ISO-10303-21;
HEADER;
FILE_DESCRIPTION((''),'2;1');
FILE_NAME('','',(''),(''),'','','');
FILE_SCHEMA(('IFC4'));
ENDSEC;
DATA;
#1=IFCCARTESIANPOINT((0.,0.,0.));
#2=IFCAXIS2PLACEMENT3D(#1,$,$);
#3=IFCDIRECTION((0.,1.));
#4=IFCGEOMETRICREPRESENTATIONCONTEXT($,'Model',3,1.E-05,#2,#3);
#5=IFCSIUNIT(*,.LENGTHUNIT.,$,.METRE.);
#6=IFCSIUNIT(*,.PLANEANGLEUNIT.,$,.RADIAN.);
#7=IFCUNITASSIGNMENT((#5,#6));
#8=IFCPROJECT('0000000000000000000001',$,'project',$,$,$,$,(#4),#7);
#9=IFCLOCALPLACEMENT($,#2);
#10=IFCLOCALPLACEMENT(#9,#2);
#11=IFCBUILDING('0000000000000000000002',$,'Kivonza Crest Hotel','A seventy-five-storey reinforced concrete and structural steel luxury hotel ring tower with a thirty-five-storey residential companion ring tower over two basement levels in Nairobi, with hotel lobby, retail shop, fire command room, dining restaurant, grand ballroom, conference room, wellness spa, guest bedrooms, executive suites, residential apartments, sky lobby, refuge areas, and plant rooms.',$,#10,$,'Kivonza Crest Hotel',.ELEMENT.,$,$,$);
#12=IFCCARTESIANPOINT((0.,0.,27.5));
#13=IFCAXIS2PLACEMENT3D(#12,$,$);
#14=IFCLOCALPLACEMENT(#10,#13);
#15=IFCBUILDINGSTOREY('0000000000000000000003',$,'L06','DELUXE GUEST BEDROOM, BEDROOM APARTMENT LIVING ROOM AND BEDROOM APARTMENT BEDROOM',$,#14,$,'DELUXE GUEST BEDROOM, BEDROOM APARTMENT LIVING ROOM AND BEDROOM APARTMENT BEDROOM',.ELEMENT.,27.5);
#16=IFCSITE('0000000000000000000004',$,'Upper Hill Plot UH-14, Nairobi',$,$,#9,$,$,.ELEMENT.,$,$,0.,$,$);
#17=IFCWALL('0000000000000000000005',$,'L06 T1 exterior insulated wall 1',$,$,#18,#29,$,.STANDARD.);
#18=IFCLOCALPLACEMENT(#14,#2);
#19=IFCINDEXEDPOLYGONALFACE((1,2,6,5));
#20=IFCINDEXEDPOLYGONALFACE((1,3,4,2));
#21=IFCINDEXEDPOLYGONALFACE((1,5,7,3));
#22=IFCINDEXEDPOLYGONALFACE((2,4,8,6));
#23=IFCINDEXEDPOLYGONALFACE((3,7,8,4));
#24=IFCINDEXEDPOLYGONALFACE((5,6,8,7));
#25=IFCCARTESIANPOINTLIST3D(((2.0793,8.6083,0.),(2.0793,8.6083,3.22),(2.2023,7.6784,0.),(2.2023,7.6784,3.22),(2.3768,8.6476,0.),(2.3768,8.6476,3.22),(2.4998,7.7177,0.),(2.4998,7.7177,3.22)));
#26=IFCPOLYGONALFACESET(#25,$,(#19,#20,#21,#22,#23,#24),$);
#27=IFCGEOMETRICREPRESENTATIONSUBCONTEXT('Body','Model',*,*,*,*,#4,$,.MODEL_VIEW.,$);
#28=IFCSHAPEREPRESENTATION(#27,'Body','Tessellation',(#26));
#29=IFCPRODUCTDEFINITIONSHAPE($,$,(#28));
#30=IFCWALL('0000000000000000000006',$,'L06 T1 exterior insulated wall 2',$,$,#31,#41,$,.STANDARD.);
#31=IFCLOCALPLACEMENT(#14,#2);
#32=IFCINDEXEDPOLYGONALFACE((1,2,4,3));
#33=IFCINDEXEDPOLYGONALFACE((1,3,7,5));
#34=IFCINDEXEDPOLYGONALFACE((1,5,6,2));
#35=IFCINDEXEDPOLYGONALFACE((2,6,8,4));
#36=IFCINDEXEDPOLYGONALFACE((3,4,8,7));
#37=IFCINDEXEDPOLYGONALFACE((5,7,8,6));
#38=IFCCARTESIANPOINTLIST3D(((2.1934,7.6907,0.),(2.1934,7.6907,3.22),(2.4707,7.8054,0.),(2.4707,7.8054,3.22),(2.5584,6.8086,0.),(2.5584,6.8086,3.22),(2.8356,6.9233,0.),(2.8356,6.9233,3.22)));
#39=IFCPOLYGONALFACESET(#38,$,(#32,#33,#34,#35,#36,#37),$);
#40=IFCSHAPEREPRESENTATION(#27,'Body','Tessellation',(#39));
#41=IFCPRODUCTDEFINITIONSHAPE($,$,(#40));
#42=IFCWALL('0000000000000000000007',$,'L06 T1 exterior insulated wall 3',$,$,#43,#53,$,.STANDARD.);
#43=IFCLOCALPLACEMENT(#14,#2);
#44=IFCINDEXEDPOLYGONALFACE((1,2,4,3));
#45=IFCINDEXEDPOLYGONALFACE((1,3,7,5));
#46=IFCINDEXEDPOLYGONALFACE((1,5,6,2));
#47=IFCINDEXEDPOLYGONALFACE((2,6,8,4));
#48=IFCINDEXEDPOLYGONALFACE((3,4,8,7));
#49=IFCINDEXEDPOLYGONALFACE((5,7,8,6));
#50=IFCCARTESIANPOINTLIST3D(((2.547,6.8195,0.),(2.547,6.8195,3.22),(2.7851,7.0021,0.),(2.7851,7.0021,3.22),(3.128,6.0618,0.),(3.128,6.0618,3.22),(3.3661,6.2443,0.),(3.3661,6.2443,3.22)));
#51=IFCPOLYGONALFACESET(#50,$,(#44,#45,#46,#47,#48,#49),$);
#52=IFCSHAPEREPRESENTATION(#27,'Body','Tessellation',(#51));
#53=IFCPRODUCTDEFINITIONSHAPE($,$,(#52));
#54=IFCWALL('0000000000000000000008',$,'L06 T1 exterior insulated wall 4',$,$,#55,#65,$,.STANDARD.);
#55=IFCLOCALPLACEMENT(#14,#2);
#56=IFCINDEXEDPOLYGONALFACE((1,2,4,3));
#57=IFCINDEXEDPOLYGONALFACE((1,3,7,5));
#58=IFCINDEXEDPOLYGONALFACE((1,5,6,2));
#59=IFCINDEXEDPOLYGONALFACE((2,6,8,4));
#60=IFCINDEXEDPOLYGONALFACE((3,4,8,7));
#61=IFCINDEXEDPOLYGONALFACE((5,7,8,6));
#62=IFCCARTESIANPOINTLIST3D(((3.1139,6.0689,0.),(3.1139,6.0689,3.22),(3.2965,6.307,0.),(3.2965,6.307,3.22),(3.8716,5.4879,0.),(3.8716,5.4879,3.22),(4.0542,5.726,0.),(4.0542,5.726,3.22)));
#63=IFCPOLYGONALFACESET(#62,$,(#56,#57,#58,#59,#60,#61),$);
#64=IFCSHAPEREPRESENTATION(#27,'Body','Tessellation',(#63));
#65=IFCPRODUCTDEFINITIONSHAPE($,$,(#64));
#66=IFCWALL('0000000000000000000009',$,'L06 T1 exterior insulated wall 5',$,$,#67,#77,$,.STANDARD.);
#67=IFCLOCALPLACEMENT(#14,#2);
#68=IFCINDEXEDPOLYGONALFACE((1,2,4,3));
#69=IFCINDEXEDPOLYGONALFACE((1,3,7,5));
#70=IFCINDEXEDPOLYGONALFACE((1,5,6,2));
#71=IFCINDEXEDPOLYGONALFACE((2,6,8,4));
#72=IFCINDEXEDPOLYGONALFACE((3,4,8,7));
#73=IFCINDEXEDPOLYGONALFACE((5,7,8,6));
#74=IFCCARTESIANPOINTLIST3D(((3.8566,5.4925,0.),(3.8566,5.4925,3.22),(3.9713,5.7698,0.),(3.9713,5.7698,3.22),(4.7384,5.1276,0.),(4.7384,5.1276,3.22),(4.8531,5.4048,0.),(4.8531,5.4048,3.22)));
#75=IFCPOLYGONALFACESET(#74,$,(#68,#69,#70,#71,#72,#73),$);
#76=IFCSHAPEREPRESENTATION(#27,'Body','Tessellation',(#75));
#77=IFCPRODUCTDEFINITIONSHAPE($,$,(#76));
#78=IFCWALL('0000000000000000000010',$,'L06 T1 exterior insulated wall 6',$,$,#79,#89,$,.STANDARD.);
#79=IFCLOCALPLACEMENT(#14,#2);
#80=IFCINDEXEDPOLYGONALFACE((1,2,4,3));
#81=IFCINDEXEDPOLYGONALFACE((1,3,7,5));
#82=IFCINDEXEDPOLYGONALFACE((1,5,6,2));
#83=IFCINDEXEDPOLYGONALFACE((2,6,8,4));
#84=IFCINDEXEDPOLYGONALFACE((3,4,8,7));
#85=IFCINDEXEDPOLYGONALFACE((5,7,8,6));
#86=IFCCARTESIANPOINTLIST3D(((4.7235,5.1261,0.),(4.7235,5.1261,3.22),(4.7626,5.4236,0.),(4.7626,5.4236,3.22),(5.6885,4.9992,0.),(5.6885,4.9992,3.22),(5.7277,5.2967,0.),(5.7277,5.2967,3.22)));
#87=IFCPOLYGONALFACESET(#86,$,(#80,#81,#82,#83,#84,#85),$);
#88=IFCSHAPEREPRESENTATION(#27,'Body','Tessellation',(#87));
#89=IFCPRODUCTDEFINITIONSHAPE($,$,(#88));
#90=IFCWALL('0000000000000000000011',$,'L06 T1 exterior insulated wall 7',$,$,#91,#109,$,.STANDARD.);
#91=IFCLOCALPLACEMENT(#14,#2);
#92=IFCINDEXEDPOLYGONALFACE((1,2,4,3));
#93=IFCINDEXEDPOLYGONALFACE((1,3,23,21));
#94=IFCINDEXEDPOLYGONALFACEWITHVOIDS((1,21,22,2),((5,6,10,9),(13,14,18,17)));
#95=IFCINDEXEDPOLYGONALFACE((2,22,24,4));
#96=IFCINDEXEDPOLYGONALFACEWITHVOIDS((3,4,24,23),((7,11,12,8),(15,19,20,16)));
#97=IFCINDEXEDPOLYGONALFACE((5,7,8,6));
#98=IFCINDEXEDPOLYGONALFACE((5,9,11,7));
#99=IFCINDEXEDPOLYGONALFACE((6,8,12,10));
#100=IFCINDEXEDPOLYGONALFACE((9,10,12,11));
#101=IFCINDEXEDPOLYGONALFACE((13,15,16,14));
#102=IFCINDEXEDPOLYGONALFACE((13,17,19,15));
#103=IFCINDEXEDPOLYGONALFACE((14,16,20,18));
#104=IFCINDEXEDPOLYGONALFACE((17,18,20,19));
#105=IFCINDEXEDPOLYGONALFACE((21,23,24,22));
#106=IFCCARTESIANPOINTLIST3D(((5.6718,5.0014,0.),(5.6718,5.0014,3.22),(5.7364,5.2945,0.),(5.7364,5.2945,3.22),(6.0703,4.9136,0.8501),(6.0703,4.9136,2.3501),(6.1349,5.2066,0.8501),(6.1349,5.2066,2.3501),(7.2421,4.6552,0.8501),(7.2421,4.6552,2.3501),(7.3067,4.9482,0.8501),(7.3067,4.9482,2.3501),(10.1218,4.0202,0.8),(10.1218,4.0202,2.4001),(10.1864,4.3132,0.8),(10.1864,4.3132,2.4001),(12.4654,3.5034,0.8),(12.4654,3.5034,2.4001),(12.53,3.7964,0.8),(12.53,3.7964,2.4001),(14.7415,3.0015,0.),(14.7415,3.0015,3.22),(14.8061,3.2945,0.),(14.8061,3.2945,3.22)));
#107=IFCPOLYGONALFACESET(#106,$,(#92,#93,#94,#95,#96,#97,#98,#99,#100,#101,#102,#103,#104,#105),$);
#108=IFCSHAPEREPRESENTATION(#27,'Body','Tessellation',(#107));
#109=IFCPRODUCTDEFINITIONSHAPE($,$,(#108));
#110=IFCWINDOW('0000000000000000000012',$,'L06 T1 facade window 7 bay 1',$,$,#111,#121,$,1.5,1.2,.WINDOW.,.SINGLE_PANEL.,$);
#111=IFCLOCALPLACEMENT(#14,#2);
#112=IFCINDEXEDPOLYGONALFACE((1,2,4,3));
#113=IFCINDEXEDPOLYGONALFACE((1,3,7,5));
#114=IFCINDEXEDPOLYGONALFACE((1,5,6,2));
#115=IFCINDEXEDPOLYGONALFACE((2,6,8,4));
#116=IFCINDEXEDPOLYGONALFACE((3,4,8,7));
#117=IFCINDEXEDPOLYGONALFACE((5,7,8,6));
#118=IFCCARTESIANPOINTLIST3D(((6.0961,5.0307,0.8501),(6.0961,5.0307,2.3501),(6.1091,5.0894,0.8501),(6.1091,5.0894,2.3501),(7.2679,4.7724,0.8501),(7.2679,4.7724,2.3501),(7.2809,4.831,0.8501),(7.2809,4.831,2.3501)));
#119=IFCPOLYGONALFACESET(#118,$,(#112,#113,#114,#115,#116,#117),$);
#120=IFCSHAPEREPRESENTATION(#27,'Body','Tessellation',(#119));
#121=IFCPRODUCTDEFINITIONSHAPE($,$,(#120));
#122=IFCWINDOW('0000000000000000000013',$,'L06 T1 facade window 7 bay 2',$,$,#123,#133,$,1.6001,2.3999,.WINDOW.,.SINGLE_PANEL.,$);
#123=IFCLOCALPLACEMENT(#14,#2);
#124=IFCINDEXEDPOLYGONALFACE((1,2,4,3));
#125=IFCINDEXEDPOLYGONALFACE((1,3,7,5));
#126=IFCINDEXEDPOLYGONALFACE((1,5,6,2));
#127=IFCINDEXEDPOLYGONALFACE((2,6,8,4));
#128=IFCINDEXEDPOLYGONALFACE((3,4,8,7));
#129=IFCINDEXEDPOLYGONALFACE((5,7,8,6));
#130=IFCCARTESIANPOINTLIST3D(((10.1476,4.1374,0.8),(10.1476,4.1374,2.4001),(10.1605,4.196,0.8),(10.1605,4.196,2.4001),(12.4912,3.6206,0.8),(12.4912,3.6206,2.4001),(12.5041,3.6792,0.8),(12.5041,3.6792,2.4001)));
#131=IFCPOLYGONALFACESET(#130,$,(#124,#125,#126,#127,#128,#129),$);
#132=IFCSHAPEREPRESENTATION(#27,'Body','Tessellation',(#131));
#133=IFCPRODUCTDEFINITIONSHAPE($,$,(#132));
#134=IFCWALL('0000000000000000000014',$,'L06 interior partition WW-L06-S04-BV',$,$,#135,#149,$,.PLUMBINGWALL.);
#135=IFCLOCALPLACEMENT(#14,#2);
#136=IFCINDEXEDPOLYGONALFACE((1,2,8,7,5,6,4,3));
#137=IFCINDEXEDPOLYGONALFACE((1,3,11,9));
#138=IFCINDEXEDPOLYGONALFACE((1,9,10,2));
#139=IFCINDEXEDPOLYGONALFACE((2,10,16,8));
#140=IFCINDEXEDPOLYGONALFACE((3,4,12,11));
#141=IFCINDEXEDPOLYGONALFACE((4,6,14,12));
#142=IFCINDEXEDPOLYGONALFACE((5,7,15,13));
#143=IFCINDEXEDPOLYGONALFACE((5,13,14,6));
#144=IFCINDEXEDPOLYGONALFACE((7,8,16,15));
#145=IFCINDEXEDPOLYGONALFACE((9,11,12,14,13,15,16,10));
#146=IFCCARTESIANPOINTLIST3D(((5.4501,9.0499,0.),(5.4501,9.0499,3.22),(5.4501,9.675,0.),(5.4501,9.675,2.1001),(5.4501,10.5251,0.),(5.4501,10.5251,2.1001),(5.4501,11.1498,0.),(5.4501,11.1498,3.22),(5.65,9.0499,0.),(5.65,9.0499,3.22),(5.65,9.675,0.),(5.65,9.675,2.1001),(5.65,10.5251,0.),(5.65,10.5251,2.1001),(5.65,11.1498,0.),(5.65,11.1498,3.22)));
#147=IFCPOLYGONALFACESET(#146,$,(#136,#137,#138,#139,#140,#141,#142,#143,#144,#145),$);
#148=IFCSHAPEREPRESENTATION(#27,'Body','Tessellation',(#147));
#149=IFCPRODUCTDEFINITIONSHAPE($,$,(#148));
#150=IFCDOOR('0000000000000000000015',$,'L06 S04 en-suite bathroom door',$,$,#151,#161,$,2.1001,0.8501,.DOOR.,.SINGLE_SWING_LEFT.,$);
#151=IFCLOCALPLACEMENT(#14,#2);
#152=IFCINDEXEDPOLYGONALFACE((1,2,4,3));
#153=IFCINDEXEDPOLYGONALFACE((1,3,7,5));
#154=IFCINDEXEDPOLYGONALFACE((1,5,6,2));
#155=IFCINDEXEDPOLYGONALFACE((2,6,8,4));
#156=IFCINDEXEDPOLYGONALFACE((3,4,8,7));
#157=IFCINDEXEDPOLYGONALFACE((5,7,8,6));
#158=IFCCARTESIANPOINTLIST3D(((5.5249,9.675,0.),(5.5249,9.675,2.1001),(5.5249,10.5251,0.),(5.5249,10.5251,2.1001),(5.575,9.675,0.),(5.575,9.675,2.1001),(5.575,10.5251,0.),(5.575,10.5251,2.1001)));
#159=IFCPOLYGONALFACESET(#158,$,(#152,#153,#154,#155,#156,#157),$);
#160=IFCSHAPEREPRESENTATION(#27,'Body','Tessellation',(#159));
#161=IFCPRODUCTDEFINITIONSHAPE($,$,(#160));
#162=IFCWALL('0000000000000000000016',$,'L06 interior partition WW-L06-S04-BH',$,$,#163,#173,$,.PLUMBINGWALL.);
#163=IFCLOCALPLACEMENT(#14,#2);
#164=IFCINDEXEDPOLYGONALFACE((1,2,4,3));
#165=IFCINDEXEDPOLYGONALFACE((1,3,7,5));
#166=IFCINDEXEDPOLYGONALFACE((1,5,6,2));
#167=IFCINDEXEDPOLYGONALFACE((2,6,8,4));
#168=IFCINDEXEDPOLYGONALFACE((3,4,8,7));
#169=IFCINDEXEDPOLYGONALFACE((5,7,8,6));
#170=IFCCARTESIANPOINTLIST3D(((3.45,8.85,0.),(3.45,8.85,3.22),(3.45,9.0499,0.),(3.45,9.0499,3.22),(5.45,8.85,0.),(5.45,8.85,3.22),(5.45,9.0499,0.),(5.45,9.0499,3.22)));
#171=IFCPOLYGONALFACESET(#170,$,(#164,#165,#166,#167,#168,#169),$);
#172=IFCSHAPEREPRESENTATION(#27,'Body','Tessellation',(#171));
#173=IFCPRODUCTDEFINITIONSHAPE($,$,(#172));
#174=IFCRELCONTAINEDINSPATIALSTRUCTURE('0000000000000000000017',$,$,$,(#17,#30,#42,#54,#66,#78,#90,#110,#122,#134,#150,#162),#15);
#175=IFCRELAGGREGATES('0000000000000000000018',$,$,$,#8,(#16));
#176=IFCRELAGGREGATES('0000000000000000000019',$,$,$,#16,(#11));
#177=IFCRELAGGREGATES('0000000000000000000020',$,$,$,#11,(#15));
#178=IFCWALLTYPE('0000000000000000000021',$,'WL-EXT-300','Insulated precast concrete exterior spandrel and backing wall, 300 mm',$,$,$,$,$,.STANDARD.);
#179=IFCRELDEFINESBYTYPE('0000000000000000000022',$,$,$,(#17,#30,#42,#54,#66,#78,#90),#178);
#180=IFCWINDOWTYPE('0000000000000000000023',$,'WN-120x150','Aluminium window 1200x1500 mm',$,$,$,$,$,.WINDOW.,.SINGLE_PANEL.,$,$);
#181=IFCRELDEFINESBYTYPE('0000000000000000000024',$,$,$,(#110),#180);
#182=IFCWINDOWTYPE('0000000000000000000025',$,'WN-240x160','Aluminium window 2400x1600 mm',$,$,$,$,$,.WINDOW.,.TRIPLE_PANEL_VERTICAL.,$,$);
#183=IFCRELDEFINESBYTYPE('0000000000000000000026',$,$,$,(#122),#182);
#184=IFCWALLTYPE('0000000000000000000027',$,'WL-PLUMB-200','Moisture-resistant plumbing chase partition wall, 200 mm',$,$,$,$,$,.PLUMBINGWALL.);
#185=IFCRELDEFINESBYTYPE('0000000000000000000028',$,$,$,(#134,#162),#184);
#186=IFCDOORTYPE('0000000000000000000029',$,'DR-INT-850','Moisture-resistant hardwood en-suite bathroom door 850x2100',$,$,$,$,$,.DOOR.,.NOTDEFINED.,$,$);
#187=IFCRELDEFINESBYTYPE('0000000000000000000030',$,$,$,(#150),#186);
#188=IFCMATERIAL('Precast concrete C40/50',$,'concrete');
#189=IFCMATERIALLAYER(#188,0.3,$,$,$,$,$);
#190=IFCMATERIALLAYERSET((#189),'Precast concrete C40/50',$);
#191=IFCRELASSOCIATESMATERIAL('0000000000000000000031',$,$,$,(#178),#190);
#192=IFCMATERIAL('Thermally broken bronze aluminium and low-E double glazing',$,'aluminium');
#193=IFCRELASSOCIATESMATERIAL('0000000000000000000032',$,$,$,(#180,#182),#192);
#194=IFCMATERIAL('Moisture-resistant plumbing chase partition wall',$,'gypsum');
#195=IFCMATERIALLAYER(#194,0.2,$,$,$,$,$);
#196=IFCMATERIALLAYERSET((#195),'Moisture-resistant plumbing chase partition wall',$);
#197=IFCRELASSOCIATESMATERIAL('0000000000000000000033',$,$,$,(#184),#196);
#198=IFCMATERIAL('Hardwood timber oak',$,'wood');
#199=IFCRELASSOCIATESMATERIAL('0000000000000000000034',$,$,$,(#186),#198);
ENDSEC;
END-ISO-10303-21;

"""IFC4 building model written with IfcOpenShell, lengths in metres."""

from ifc_helpers import new_model, si_unit, direction, frame, frame_2d, origin, place, context, subcontext, project, spatial, rectangle, extrude, material, layer, layer_set, type_object, element, fill, save


model = new_model("IFC4")

# Units and contexts
model_context = context("Model", 3, precision=1e-05, world=origin(), true_north=direction((0.0, 1.0)))
body_context = subcontext(model_context, "Body", "Model", "MODEL_VIEW")
ifc_project = project(units=[si_unit("LENGTHUNIT", "METRE"), si_unit("PLANEANGLEUNIT", "RADIAN")], contexts=[model_context])

# Site, building, storey
site_placement = place(None, origin())
site = spatial("IfcSite", under=ifc_project, at=site_placement, Name="Upper Hill Plot UH-14, Nairobi", CompositionType="ELEMENT", RefElevation=0.0)
building_placement = place(site_placement, origin())
building = spatial("IfcBuilding", under=site, at=building_placement, Name="Kivonza Crest Hotel", Description="A seventy-five-storey reinforced concrete and structural steel luxury hotel ring tower with a thirty-five-storey residential companion ring tower over two basement levels in Nairobi, with hotel lobby, retail shop, fire command room, dining restaurant, grand ballroom, conference room, wellness spa, guest bedrooms, executive suites, residential apartments, sky lobby, refuge areas, and plant rooms.", LongName="Kivonza Crest Hotel", CompositionType="ELEMENT")
storey_placement = place(building_placement, frame((0.0, 0.0, 27.5)))
storey = spatial("IfcBuildingStorey", under=building, at=storey_placement, Name="L06", Description="DELUXE GUEST BEDROOM, BEDROOM APARTMENT LIVING ROOM AND BEDROOM APARTMENT BEDROOM", LongName="DELUXE GUEST BEDROOM, BEDROOM APARTMENT LIVING ROOM AND BEDROOM APARTMENT BEDROOM", CompositionType="ELEMENT", Elevation=27.5)

# Walls
ifc_material_1 = material(Name="Precast concrete C40/50", Category="concrete")
ifc_layer_1 = layer(ifc_material_1, 0.3)
ifc_layer_set_1 = layer_set([ifc_layer_1], Name="Precast concrete C40/50")
wall_type_1 = type_object("IfcWallType", Name="WL-EXT-300", Description="Insulated precast concrete exterior spandrel and backing wall, 300 mm", PredefinedType="STANDARD", material=ifc_layer_set_1)
wall_1_placement = place(storey_placement, frame((2.228, 8.6279, 0.0), z_axis=(0.0, 0.0, 1.0), x_axis=(0.131175, -0.991359, 0.0)))
element("IfcWall", 1, at=wall_1_placement, inside=storey, type_object=wall_type_1, Name="L06 T1 exterior insulated wall 1", PredefinedType="STANDARD", context=body_context, shape_type="SweptSolid", body=[
    extrude(rectangle(XDim=0.938, YDim=0.3, at=frame_2d((0.469, 0.0))), origin(), (0.0, 0.0, 1.0), 3.22),
])
wall_2_placement = place(storey_placement, frame((2.332, 7.748, 0.0), z_axis=(0.0, 0.0, 1.0), x_axis=(0.382344, -0.92402, 0.0)))
element("IfcWall", 2, at=wall_2_placement, inside=storey, type_object=wall_type_1, Name="L06 T1 exterior insulated wall 2", PredefinedType="STANDARD", context=body_context, shape_type="SweptSolid", body=[
    extrude(rectangle(XDim=0.9546, YDim=0.3, at=frame_2d((0.4773, 0.0))), origin(), (0.0, 0.0, 1.0), 3.22),
])
for number, where, z_axis, x_axis, name in (
    (3, (2.666, 6.9109, 0.0), (0.0, 0.0, 1.0), (0.608474, -0.793573, 0.0), "L06 T1 exterior insulated wall 3"),
    (4, (3.2051, 6.188, 0.0), (0.0, 0.0, 1.0), (0.793573, -0.608474, 0.0), "L06 T1 exterior insulated wall 4"),
):
    element("IfcWall", number, at=place(storey_placement, frame(where, z_axis=z_axis, x_axis=x_axis)), inside=storey, type_object=wall_type_1, Name=name, PredefinedType="STANDARD", context=body_context, shape_type="SweptSolid", body=[
        extrude(rectangle(XDim=0.9548, YDim=0.3, at=frame_2d((0.4775, 0.0))), origin(), (0.0, 0.0, 1.0), 3.22),
    ])
wall_3_placement = place(storey_placement, frame((3.9141, 5.6311, 0.0), z_axis=(0.0, 0.0, 1.0), x_axis=(0.923983, -0.382435, 0.0)))
element("IfcWall", 5, at=wall_3_placement, inside=storey, type_object=wall_type_1, Name="L06 T1 exterior insulated wall 5", PredefinedType="STANDARD", context=body_context, shape_type="SweptSolid", body=[
    extrude(rectangle(XDim=0.9543, YDim=0.3, at=frame_2d((0.4771, 0.0))), origin(), (0.0, 0.0, 1.0), 3.22),
])
wall_4_placement = place(storey_placement, frame((4.7429, 5.2749, 0.0), z_axis=(0.0, 0.0, 1.0), x_axis=(0.991459, -0.130422, 0.0)))
element("IfcWall", 6, at=wall_4_placement, inside=storey, type_object=wall_type_1, Name="L06 T1 exterior insulated wall 6", PredefinedType="STANDARD", context=body_context, shape_type="SweptSolid", body=[
    extrude(rectangle(XDim=0.9734, YDim=0.3, at=frame_2d((0.4868, 0.0))), origin(), (0.0, 0.0, 1.0), 3.22),
])

# Wall, openings, windows
wall_5_placement = place(storey_placement, frame((5.7041, 5.1479, 0.0), z_axis=(0.0, 0.0, 1.0), x_axis=(0.97654, -0.215338, 0.0)))
wall_5 = element("IfcWall", 7, at=wall_5_placement, inside=storey, type_object=wall_type_1, Name="L06 T1 exterior insulated wall 7", PredefinedType="STANDARD", context=body_context, shape_type="SweptSolid", body=[
    extrude(rectangle(XDim=9.2876, YDim=0.3, at=frame_2d((4.6438, 0.0))), origin(), (0.0, 0.0, 1.0), 3.22),
])
opening_1_placement = place(wall_5_placement, frame((0.408, 0.0, 0.8501)))
opening_1 = element("IfcOpeningElement", 8, at=opening_1_placement, cuts=wall_5, PredefinedType="OPENING", context=body_context, shape_type="SweptSolid", body=[
    extrude(rectangle(XDim=1.2, YDim=1.5, at=frame_2d((0.6001, 0.75))), frame((0.0, 0.1602, 0.0), z_axis=(0.0, -1.0, 0.0), x_axis=(1.0, 0.0, 0.0)), (0.0, 0.0, 1.0), 0.3201),
])
opening_2_placement = place(wall_5_placement, frame((4.5569, 0.0, 0.8)))
opening_2 = element("IfcOpeningElement", 9, at=opening_2_placement, cuts=wall_5, PredefinedType="OPENING", context=body_context, shape_type="SweptSolid", body=[
    extrude(rectangle(XDim=2.3999, YDim=1.6001, at=frame_2d((1.2, 0.8))), frame((0.0, 0.1602, 0.0), z_axis=(0.0, -1.0, 0.0), x_axis=(1.0, 0.0, 0.0)), (0.0, 0.0, 1.0), 0.3201),
])
ifc_material_2 = material(Name="Thermally broken bronze aluminium and low-E double glazing", Category="aluminium")
window_type_1 = type_object("IfcWindowType", Name="WN-120x150", Description="Aluminium window 1200x1500 mm", PartitioningType="SINGLE_PANEL", PredefinedType="WINDOW", material=ifc_material_2)
window_1_placement = place(opening_1_placement, origin())
window_1 = element("IfcWindow", 10, at=window_1_placement, inside=storey, type_object=window_type_1, Name="L06 T1 facade window 7 bay 1", OverallHeight=1.5, OverallWidth=1.2, PartitioningType="SINGLE_PANEL", PredefinedType="WINDOW", context=body_context, shape_type="SweptSolid", body=[
    extrude(rectangle(XDim=1.2, YDim=1.5, at=frame_2d((0.6001, 0.75))), frame((0.0, 0.03, 0.0), z_axis=(0.0, -1.0, 0.0), x_axis=(1.0, 0.0, 0.0)), (0.0, 0.0, 1.0), 0.0601),
])
fill(opening_1, window_1)
window_type_2 = type_object("IfcWindowType", Name="WN-240x160", Description="Aluminium window 2400x1600 mm", PartitioningType="TRIPLE_PANEL_VERTICAL", PredefinedType="WINDOW", material=ifc_material_2)
window_2_placement = place(opening_2_placement, origin())
window_2 = element("IfcWindow", 11, at=window_2_placement, inside=storey, type_object=window_type_2, Name="L06 T1 facade window 7 bay 2", OverallHeight=1.6001, OverallWidth=2.3999, PartitioningType="SINGLE_PANEL", PredefinedType="WINDOW", context=body_context, shape_type="SweptSolid", body=[
    extrude(rectangle(XDim=2.3999, YDim=1.6001, at=frame_2d((1.2, 0.8))), frame((0.0, 0.03, 0.0), z_axis=(0.0, -1.0, 0.0), x_axis=(1.0, 0.0, 0.0)), (0.0, 0.0, 1.0), 0.0601),
])
fill(opening_2, window_2)

# Wall, opening, door
ifc_material_3 = material(Name="Moisture-resistant plumbing chase partition wall", Category="gypsum")
ifc_layer_2 = layer(ifc_material_3, 0.2)
ifc_layer_set_2 = layer_set([ifc_layer_2], Name="Moisture-resistant plumbing chase partition wall")
wall_type_2 = type_object("IfcWallType", Name="WL-PLUMB-200", Description="Moisture-resistant plumbing chase partition wall, 200 mm", PredefinedType="PLUMBINGWALL", material=ifc_layer_set_2)
wall_6_placement = place(storey_placement, frame((5.55, 9.05, 0.0), z_axis=(0.0, 0.0, 1.0), x_axis=(0.0, 1.0, 0.0)))
wall_6 = element("IfcWall", 12, at=wall_6_placement, inside=storey, type_object=wall_type_2, Name="L06 interior partition WW-L06-S04-BV", PredefinedType="PLUMBINGWALL", context=body_context, shape_type="SweptSolid", body=[
    extrude(rectangle(XDim=2.0999, YDim=0.2, at=frame_2d((1.0498, 0.0))), origin(), (0.0, 0.0, 1.0), 3.22),
])
opening_3_placement = place(wall_6_placement, frame((0.625, 0.0, 0.0)))
opening_3 = element("IfcOpeningElement", 13, at=opening_3_placement, cuts=wall_6, PredefinedType="OPENING", context=body_context, shape_type="SweptSolid", body=[
    extrude(rectangle(XDim=0.8501, YDim=2.1001, at=frame_2d((0.425, 1.05))), frame((0.0, 0.1099, 0.0), z_axis=(0.0, -1.0, 0.0), x_axis=(1.0, 0.0, 0.0)), (0.0, 0.0, 1.0), 0.22),
])
ifc_material_4 = material(Name="Hardwood timber oak", Category="wood")
door_type = type_object("IfcDoorType", Name="DR-INT-850", Description="Moisture-resistant hardwood en-suite bathroom door 850x2100", OperationType="NOTDEFINED", PredefinedType="DOOR", material=ifc_material_4)
door_1_placement = place(opening_3_placement, frame((0.8501, 0.0, 0.0), z_axis=(0.0, 0.0, 1.0), x_axis=(-1.0, 0.0, 0.0)))
door_1 = element("IfcDoor", 14, at=door_1_placement, inside=storey, type_object=door_type, Name="L06 S04 en-suite bathroom door", OperationType="SINGLE_SWING_LEFT", OverallHeight=2.1001, OverallWidth=0.8501, PredefinedType="DOOR", context=body_context, shape_type="SweptSolid", body=[
    extrude(rectangle(XDim=0.8501, YDim=2.1001, at=frame_2d((0.425, 1.05))), frame((0.0, 0.0249, 0.0), z_axis=(0.0, -1.0, 0.0), x_axis=(1.0, 0.0, 0.0)), (0.0, 0.0, 1.0), 0.05),
])
fill(opening_3, door_1)

# Wall
wall_7_placement = place(storey_placement, frame((3.45, 8.95, 0.0), z_axis=(0.0, 0.0, 1.0), x_axis=(1.0, 0.0, 0.0)))
element("IfcWall", 15, at=wall_7_placement, inside=storey, type_object=wall_type_2, Name="L06 interior partition WW-L06-S04-BH", PredefinedType="PLUMBINGWALL", context=body_context, shape_type="SweptSolid", body=[
    extrude(rectangle(XDim=2.0, YDim=0.2, at=frame_2d((1.0, 0.0))), origin(), (0.0, 0.0, 1.0), 3.22),
])

save(model, "model.ifc")
